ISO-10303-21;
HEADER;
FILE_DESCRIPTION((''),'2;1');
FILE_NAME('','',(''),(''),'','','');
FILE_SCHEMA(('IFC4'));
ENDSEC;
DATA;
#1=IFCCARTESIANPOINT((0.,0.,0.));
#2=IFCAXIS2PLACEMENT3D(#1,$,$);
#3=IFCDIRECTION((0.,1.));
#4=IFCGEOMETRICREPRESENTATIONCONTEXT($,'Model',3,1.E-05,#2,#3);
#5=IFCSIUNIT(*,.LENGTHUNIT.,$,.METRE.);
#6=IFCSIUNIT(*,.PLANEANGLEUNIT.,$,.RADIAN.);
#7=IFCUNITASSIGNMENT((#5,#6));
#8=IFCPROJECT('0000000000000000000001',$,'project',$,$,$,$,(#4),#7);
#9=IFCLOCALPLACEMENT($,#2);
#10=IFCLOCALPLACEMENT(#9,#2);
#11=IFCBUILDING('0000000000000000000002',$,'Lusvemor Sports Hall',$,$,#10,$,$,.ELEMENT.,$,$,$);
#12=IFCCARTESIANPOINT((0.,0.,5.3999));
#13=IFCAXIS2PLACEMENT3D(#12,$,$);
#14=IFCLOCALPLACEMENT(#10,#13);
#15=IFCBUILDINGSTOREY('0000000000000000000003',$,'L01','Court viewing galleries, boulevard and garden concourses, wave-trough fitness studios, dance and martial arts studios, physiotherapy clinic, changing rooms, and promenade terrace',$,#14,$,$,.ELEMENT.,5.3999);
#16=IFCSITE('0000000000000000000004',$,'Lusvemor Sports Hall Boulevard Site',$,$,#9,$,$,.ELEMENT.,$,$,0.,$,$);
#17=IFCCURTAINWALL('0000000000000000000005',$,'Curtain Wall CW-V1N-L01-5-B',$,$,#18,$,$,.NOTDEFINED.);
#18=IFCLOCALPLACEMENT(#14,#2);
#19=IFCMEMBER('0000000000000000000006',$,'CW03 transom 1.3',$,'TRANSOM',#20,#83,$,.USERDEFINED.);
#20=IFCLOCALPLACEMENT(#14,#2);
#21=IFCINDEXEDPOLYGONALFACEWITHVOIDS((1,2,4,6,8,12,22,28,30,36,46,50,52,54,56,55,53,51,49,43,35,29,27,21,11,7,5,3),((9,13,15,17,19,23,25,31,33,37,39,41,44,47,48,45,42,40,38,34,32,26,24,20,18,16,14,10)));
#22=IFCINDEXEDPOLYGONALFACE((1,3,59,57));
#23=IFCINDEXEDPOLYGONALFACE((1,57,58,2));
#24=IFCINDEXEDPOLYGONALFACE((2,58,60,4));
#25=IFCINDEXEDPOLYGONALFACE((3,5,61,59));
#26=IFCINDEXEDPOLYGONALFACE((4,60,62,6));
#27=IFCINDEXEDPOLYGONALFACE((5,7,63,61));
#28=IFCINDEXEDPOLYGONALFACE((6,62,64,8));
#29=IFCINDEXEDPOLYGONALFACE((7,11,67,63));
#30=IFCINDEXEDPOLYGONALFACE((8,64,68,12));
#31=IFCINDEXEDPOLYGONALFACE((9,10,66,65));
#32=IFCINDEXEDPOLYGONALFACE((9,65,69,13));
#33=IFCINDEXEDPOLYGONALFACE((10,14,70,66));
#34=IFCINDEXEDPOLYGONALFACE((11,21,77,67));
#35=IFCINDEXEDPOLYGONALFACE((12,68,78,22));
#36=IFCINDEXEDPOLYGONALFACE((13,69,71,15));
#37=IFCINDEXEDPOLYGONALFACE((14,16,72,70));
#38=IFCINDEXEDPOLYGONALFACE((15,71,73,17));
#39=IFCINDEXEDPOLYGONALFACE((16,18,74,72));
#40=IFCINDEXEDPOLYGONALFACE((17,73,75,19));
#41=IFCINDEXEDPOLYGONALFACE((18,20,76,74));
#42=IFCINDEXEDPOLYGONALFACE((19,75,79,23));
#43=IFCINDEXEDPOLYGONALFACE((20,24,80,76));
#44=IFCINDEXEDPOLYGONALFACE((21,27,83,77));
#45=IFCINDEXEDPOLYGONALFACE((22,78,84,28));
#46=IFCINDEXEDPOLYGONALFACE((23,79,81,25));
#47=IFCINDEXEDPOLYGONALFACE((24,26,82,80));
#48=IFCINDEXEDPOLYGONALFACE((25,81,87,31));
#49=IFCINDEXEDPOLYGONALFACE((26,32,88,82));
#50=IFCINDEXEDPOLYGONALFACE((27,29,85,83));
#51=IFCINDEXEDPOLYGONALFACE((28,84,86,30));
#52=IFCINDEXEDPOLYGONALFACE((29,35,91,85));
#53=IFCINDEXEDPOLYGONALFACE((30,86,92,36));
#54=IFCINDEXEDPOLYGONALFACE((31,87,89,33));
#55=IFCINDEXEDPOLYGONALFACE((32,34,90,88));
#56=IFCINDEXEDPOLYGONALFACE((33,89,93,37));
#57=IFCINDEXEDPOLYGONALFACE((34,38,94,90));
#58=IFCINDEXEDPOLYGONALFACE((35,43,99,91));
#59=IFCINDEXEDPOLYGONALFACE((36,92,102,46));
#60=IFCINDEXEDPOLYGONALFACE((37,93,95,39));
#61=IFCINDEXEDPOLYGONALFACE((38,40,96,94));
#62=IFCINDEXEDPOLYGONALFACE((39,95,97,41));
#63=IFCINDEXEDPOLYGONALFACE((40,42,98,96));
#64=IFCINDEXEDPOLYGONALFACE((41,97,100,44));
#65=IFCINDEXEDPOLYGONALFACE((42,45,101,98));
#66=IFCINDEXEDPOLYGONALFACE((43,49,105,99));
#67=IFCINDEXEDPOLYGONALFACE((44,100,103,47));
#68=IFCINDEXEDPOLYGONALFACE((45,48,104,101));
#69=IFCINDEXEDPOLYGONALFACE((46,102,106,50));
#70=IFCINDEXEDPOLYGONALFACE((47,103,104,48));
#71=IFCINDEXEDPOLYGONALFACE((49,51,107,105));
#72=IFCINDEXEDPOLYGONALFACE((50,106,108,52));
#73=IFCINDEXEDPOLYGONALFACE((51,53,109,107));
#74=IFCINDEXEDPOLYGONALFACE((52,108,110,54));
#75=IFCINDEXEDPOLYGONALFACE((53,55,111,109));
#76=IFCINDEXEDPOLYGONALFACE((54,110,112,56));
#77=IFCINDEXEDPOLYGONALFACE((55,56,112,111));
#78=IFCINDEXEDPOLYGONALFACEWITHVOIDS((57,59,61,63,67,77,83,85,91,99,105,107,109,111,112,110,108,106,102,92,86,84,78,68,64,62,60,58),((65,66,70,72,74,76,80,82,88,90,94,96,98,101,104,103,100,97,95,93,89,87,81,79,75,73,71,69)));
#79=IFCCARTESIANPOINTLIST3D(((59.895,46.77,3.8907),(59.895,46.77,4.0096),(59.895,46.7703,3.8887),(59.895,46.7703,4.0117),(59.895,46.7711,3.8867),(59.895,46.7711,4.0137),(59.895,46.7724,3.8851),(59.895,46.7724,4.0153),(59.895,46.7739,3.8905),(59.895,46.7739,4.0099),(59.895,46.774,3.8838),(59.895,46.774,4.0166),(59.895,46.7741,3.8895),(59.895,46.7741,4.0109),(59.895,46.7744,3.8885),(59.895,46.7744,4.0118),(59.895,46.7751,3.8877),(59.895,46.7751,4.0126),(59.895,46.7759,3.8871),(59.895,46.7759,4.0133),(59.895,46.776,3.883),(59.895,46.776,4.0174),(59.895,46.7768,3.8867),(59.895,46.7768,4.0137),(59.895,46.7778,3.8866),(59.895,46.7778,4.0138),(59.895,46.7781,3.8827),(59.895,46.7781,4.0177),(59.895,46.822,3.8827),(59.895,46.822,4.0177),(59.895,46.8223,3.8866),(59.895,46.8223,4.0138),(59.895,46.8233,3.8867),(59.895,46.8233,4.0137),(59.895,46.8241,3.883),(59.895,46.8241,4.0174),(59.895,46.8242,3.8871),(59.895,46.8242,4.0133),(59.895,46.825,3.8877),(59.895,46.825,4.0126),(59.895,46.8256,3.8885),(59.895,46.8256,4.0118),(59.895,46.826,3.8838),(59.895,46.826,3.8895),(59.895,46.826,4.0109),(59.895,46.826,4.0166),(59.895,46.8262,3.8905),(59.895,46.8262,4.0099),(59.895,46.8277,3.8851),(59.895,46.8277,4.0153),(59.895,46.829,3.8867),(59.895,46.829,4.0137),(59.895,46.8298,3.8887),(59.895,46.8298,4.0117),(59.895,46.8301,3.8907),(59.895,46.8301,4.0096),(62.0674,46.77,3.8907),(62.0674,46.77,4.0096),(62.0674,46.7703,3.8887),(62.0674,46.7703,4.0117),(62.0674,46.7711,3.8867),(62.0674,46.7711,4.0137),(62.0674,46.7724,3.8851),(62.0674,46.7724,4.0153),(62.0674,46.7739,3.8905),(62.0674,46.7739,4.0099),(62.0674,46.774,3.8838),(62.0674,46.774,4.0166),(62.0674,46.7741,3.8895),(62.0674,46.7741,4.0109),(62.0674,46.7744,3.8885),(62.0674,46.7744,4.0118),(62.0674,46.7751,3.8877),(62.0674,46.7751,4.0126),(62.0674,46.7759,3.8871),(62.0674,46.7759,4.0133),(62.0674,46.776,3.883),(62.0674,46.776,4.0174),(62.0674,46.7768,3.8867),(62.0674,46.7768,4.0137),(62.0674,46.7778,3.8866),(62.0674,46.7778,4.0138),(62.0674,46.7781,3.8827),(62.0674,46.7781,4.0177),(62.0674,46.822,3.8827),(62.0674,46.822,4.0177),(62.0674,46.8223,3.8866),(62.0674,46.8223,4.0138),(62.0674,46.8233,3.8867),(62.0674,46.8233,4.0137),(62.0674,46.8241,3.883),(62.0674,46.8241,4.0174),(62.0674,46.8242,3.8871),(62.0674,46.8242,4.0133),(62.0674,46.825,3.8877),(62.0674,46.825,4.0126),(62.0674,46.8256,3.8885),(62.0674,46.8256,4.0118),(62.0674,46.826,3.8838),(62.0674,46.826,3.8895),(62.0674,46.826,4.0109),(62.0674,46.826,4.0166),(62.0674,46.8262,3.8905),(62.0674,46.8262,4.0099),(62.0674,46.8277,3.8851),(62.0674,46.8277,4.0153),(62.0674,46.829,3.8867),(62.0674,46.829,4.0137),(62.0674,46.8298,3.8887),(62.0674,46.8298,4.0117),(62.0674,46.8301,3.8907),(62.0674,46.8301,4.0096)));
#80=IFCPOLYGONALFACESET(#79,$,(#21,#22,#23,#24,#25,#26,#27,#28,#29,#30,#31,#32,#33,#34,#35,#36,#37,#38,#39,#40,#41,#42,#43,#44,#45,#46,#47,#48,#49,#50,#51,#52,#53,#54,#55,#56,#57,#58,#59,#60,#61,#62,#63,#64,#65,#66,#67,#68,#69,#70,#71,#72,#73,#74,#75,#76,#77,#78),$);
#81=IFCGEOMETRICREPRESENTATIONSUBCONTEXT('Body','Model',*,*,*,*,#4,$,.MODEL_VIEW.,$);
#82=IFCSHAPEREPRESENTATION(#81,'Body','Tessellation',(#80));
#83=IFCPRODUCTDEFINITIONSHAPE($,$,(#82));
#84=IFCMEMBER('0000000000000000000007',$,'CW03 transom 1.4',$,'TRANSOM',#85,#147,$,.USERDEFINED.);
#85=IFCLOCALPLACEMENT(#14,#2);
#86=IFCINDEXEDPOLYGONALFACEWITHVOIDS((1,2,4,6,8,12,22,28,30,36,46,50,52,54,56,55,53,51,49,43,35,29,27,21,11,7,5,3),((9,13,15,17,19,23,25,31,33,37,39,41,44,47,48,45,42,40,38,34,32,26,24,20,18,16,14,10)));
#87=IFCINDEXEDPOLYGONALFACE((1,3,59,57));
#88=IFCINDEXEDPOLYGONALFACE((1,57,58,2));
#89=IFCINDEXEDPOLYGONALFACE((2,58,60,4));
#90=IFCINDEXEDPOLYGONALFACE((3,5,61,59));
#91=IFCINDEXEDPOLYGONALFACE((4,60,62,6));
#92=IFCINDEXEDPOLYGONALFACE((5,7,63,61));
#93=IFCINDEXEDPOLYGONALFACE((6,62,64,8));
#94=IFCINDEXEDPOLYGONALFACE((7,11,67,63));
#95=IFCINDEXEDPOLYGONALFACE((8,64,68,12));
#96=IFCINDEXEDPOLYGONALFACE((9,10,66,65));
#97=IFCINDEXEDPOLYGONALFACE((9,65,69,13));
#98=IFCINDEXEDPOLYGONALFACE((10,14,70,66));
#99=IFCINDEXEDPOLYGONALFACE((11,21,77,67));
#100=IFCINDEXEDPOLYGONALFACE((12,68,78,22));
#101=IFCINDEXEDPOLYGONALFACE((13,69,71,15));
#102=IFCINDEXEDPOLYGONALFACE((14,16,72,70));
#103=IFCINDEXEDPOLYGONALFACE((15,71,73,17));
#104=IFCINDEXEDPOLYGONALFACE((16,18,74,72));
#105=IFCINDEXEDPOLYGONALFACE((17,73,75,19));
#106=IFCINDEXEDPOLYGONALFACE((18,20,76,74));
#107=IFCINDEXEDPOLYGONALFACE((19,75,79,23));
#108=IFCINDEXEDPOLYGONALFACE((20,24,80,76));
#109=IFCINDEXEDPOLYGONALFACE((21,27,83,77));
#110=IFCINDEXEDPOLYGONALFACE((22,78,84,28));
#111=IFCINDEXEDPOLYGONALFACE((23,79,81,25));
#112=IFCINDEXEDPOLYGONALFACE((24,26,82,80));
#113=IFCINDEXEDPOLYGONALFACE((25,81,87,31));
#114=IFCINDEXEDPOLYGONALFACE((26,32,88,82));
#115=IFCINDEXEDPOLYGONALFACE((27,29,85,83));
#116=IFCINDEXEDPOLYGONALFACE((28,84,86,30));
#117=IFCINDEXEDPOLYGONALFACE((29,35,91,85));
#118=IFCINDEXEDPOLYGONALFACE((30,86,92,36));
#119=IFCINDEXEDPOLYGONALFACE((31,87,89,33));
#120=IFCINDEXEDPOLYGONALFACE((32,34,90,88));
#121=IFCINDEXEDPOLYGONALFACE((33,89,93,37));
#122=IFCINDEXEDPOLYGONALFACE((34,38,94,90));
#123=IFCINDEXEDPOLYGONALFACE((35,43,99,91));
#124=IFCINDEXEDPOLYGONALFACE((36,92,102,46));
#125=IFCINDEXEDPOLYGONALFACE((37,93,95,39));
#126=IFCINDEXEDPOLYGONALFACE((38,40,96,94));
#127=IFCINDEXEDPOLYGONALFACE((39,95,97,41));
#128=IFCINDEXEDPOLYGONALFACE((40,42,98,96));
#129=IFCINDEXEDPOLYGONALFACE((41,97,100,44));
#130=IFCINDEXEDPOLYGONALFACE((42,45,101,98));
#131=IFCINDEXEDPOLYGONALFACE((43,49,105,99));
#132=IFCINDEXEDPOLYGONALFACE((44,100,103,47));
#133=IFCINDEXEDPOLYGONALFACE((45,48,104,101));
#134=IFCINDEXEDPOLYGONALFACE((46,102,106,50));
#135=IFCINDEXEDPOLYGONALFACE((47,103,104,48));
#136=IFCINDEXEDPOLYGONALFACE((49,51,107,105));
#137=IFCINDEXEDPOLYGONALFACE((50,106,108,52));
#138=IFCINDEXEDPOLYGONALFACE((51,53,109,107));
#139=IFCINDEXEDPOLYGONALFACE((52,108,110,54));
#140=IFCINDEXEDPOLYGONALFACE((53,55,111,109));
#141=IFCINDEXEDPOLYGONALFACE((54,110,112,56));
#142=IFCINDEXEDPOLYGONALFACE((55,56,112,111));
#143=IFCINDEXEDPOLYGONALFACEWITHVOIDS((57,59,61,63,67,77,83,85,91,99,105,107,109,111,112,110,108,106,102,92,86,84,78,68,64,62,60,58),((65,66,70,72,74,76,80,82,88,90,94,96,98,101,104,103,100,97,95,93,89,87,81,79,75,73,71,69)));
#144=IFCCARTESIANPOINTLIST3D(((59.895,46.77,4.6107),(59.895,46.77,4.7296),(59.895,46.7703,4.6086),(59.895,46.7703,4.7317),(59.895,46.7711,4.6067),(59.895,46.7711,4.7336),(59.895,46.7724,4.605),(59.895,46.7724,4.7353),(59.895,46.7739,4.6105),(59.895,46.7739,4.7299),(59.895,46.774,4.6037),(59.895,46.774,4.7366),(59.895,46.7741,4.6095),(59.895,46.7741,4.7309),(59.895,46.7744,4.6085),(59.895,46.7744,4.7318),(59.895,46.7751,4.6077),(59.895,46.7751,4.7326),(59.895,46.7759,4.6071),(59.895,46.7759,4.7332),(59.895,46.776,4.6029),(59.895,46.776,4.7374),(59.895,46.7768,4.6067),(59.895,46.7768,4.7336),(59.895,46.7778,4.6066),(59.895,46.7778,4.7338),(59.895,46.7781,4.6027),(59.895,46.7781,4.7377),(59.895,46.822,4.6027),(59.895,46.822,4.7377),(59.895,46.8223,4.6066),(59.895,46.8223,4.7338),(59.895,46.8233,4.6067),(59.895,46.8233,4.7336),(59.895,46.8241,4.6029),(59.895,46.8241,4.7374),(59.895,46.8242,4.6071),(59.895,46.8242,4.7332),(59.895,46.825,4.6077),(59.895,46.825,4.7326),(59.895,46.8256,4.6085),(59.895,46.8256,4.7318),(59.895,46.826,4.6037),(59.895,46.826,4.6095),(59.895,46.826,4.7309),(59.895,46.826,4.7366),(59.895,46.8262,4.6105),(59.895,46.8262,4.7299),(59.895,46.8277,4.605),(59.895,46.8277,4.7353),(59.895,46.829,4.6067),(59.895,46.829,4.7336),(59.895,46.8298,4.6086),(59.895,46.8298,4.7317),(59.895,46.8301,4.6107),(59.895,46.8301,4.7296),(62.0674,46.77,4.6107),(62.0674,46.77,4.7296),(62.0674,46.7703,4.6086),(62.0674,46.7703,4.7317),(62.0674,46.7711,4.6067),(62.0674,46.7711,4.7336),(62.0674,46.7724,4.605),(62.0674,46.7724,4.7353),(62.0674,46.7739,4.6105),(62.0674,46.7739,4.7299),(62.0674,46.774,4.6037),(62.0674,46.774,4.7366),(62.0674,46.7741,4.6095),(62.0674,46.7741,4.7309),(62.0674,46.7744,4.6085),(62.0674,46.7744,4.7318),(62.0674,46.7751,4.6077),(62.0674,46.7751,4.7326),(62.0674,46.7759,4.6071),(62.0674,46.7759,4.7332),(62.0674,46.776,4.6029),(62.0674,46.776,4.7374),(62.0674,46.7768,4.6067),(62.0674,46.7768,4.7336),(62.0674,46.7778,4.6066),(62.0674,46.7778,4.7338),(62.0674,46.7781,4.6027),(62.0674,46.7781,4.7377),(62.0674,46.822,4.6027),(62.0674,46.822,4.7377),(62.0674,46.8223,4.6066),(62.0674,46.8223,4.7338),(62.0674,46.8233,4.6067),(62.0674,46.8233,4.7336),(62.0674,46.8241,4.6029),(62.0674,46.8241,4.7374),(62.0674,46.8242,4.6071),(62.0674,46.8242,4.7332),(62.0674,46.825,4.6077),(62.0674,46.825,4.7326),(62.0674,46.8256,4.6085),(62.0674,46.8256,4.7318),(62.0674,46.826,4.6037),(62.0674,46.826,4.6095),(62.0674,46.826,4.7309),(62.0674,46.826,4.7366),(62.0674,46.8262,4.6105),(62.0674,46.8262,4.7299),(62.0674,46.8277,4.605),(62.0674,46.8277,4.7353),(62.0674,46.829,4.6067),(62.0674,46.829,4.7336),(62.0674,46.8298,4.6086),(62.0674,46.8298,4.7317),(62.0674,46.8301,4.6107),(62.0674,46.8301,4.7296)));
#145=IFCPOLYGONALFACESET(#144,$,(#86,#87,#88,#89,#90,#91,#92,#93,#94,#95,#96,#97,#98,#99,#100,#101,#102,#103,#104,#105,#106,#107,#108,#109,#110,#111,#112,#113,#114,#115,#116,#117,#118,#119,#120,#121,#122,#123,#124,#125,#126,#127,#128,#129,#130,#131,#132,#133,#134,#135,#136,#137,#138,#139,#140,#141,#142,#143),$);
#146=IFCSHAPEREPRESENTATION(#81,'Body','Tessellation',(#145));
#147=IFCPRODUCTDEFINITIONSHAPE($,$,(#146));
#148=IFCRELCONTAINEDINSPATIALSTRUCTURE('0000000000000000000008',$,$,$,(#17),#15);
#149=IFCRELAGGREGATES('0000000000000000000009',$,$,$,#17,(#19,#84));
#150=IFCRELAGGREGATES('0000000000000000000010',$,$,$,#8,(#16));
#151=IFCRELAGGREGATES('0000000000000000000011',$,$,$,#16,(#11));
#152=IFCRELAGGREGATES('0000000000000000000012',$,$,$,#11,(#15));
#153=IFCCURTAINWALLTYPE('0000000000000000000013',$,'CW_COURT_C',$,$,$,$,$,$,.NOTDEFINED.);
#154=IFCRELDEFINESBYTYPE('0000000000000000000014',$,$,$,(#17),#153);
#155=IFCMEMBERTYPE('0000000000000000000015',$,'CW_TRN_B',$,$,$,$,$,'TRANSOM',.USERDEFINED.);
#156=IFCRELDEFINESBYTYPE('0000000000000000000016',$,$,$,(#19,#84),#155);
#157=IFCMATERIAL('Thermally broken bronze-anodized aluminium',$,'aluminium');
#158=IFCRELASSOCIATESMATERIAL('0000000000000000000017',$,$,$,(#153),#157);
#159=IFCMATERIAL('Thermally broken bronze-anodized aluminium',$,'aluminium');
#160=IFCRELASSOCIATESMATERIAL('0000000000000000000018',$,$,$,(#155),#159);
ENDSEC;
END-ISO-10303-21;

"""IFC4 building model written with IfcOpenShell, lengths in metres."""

from ifc_helpers import new_model, si_unit, direction, frame, origin, origin_2d, place, context, subcontext, project, spatial, hollow_rectangle, extrude, material, material_profile, profile_set, type_object, element, aggregate, save


model = new_model("IFC4")

# Units and contexts
model_context = context("Model", 3, precision=1e-05, world=origin(), true_north=direction((0.0, 1.0)))
body_context = subcontext(model_context, "Body", "Model", "MODEL_VIEW")
ifc_project = project(units=[si_unit("LENGTHUNIT", "METRE"), si_unit("PLANEANGLEUNIT", "RADIAN")], contexts=[model_context])

# Site, building, storey
site_placement = place(None, origin())
site = spatial("IfcSite", under=ifc_project, at=site_placement, Name="Lusvemor Sports Hall Boulevard Site", CompositionType="ELEMENT", RefElevation=0.0)
building_placement = place(site_placement, origin())
building = spatial("IfcBuilding", under=site, at=building_placement, Name="Lusvemor Sports Hall", CompositionType="ELEMENT")
storey_placement = place(building_placement, frame((0.0, 0.0, 5.3999)))
storey = spatial("IfcBuildingStorey", under=building, at=storey_placement, Name="L01", Description="Court viewing galleries, boulevard and garden concourses, wave-trough fitness studios, dance and martial arts studios, physiotherapy clinic, changing rooms, and promenade terrace", CompositionType="ELEMENT", Elevation=5.3999)

# Shared definitions
ifc_material_1 = material(Name="Thermally broken bronze-anodized aluminium", Category="aluminium")
curtain_wall_type = type_object("IfcCurtainWallType", Name="CW_COURT_C", PredefinedType="NOTDEFINED", material=ifc_material_1)

# Curtain wall
curtain_wall_1_placement = place(storey_placement, origin())
curtain_wall_1 = element("IfcCurtainWall", 1, at=curtain_wall_1_placement, inside=storey, type_object=curtain_wall_type, Name="Curtain Wall CW-V1N-L01-5-B", PredefinedType="NOTDEFINED")

# Members
ifc_material_2 = material(Name="Thermally broken bronze-anodized aluminium", Category="aluminium")
ifc_material_profile_1 = material_profile(ifc_material_2, hollow_rectangle(XDim=0.0601, YDim=0.135, WallThickness=0.0039, InnerFilletRadius=0.0039, OuterFilletRadius=0.0081, at=origin_2d()), Name="CWTRN135x60x4")
ifc_profile_set_1 = profile_set([ifc_material_profile_1], Name="Thermally broken bronze-anodized aluminium")
member_type_1 = type_object("IfcMemberType", Name="CW_TRN_B", ElementType="TRANSOM", PredefinedType="USERDEFINED", material=ifc_profile_set_1)
member_1_placement = place(storey_placement, frame((59.895, 46.8, 3.9502), z_axis=(1.0, 0.0, 0.0), x_axis=(0.0, 1.0, 0.0)))
member_1 = element("IfcMember", 2, at=member_1_placement, type_object=member_type_1, Name="CW03 transom 1.3", ObjectType="TRANSOM", PredefinedType="USERDEFINED", context=body_context, shape_type="SweptSolid", body=[
    extrude(hollow_rectangle(XDim=0.0601, YDim=0.135, WallThickness=0.0039, InnerFilletRadius=0.0039, OuterFilletRadius=0.0081, at=origin_2d()), origin(), (0.0, 0.0, 1.0), 2.1724),
])
member_2_placement = place(storey_placement, frame((59.895, 46.8, 4.6702), z_axis=(1.0, 0.0, 0.0), x_axis=(0.0, 1.0, 0.0)))
member_2 = element("IfcMember", 3, at=member_2_placement, type_object=member_type_1, Name="CW03 transom 1.4", ObjectType="TRANSOM", PredefinedType="USERDEFINED", context=body_context, shape_type="SweptSolid", body=[
    extrude(hollow_rectangle(XDim=0.0601, YDim=0.135, WallThickness=0.0039, InnerFilletRadius=0.0039, OuterFilletRadius=0.0081, at=origin_2d()), origin(), (0.0, 0.0, 1.0), 2.1724),
])

aggregate(curtain_wall_1, [member_1, member_2])

save(model, "model.ifc")
